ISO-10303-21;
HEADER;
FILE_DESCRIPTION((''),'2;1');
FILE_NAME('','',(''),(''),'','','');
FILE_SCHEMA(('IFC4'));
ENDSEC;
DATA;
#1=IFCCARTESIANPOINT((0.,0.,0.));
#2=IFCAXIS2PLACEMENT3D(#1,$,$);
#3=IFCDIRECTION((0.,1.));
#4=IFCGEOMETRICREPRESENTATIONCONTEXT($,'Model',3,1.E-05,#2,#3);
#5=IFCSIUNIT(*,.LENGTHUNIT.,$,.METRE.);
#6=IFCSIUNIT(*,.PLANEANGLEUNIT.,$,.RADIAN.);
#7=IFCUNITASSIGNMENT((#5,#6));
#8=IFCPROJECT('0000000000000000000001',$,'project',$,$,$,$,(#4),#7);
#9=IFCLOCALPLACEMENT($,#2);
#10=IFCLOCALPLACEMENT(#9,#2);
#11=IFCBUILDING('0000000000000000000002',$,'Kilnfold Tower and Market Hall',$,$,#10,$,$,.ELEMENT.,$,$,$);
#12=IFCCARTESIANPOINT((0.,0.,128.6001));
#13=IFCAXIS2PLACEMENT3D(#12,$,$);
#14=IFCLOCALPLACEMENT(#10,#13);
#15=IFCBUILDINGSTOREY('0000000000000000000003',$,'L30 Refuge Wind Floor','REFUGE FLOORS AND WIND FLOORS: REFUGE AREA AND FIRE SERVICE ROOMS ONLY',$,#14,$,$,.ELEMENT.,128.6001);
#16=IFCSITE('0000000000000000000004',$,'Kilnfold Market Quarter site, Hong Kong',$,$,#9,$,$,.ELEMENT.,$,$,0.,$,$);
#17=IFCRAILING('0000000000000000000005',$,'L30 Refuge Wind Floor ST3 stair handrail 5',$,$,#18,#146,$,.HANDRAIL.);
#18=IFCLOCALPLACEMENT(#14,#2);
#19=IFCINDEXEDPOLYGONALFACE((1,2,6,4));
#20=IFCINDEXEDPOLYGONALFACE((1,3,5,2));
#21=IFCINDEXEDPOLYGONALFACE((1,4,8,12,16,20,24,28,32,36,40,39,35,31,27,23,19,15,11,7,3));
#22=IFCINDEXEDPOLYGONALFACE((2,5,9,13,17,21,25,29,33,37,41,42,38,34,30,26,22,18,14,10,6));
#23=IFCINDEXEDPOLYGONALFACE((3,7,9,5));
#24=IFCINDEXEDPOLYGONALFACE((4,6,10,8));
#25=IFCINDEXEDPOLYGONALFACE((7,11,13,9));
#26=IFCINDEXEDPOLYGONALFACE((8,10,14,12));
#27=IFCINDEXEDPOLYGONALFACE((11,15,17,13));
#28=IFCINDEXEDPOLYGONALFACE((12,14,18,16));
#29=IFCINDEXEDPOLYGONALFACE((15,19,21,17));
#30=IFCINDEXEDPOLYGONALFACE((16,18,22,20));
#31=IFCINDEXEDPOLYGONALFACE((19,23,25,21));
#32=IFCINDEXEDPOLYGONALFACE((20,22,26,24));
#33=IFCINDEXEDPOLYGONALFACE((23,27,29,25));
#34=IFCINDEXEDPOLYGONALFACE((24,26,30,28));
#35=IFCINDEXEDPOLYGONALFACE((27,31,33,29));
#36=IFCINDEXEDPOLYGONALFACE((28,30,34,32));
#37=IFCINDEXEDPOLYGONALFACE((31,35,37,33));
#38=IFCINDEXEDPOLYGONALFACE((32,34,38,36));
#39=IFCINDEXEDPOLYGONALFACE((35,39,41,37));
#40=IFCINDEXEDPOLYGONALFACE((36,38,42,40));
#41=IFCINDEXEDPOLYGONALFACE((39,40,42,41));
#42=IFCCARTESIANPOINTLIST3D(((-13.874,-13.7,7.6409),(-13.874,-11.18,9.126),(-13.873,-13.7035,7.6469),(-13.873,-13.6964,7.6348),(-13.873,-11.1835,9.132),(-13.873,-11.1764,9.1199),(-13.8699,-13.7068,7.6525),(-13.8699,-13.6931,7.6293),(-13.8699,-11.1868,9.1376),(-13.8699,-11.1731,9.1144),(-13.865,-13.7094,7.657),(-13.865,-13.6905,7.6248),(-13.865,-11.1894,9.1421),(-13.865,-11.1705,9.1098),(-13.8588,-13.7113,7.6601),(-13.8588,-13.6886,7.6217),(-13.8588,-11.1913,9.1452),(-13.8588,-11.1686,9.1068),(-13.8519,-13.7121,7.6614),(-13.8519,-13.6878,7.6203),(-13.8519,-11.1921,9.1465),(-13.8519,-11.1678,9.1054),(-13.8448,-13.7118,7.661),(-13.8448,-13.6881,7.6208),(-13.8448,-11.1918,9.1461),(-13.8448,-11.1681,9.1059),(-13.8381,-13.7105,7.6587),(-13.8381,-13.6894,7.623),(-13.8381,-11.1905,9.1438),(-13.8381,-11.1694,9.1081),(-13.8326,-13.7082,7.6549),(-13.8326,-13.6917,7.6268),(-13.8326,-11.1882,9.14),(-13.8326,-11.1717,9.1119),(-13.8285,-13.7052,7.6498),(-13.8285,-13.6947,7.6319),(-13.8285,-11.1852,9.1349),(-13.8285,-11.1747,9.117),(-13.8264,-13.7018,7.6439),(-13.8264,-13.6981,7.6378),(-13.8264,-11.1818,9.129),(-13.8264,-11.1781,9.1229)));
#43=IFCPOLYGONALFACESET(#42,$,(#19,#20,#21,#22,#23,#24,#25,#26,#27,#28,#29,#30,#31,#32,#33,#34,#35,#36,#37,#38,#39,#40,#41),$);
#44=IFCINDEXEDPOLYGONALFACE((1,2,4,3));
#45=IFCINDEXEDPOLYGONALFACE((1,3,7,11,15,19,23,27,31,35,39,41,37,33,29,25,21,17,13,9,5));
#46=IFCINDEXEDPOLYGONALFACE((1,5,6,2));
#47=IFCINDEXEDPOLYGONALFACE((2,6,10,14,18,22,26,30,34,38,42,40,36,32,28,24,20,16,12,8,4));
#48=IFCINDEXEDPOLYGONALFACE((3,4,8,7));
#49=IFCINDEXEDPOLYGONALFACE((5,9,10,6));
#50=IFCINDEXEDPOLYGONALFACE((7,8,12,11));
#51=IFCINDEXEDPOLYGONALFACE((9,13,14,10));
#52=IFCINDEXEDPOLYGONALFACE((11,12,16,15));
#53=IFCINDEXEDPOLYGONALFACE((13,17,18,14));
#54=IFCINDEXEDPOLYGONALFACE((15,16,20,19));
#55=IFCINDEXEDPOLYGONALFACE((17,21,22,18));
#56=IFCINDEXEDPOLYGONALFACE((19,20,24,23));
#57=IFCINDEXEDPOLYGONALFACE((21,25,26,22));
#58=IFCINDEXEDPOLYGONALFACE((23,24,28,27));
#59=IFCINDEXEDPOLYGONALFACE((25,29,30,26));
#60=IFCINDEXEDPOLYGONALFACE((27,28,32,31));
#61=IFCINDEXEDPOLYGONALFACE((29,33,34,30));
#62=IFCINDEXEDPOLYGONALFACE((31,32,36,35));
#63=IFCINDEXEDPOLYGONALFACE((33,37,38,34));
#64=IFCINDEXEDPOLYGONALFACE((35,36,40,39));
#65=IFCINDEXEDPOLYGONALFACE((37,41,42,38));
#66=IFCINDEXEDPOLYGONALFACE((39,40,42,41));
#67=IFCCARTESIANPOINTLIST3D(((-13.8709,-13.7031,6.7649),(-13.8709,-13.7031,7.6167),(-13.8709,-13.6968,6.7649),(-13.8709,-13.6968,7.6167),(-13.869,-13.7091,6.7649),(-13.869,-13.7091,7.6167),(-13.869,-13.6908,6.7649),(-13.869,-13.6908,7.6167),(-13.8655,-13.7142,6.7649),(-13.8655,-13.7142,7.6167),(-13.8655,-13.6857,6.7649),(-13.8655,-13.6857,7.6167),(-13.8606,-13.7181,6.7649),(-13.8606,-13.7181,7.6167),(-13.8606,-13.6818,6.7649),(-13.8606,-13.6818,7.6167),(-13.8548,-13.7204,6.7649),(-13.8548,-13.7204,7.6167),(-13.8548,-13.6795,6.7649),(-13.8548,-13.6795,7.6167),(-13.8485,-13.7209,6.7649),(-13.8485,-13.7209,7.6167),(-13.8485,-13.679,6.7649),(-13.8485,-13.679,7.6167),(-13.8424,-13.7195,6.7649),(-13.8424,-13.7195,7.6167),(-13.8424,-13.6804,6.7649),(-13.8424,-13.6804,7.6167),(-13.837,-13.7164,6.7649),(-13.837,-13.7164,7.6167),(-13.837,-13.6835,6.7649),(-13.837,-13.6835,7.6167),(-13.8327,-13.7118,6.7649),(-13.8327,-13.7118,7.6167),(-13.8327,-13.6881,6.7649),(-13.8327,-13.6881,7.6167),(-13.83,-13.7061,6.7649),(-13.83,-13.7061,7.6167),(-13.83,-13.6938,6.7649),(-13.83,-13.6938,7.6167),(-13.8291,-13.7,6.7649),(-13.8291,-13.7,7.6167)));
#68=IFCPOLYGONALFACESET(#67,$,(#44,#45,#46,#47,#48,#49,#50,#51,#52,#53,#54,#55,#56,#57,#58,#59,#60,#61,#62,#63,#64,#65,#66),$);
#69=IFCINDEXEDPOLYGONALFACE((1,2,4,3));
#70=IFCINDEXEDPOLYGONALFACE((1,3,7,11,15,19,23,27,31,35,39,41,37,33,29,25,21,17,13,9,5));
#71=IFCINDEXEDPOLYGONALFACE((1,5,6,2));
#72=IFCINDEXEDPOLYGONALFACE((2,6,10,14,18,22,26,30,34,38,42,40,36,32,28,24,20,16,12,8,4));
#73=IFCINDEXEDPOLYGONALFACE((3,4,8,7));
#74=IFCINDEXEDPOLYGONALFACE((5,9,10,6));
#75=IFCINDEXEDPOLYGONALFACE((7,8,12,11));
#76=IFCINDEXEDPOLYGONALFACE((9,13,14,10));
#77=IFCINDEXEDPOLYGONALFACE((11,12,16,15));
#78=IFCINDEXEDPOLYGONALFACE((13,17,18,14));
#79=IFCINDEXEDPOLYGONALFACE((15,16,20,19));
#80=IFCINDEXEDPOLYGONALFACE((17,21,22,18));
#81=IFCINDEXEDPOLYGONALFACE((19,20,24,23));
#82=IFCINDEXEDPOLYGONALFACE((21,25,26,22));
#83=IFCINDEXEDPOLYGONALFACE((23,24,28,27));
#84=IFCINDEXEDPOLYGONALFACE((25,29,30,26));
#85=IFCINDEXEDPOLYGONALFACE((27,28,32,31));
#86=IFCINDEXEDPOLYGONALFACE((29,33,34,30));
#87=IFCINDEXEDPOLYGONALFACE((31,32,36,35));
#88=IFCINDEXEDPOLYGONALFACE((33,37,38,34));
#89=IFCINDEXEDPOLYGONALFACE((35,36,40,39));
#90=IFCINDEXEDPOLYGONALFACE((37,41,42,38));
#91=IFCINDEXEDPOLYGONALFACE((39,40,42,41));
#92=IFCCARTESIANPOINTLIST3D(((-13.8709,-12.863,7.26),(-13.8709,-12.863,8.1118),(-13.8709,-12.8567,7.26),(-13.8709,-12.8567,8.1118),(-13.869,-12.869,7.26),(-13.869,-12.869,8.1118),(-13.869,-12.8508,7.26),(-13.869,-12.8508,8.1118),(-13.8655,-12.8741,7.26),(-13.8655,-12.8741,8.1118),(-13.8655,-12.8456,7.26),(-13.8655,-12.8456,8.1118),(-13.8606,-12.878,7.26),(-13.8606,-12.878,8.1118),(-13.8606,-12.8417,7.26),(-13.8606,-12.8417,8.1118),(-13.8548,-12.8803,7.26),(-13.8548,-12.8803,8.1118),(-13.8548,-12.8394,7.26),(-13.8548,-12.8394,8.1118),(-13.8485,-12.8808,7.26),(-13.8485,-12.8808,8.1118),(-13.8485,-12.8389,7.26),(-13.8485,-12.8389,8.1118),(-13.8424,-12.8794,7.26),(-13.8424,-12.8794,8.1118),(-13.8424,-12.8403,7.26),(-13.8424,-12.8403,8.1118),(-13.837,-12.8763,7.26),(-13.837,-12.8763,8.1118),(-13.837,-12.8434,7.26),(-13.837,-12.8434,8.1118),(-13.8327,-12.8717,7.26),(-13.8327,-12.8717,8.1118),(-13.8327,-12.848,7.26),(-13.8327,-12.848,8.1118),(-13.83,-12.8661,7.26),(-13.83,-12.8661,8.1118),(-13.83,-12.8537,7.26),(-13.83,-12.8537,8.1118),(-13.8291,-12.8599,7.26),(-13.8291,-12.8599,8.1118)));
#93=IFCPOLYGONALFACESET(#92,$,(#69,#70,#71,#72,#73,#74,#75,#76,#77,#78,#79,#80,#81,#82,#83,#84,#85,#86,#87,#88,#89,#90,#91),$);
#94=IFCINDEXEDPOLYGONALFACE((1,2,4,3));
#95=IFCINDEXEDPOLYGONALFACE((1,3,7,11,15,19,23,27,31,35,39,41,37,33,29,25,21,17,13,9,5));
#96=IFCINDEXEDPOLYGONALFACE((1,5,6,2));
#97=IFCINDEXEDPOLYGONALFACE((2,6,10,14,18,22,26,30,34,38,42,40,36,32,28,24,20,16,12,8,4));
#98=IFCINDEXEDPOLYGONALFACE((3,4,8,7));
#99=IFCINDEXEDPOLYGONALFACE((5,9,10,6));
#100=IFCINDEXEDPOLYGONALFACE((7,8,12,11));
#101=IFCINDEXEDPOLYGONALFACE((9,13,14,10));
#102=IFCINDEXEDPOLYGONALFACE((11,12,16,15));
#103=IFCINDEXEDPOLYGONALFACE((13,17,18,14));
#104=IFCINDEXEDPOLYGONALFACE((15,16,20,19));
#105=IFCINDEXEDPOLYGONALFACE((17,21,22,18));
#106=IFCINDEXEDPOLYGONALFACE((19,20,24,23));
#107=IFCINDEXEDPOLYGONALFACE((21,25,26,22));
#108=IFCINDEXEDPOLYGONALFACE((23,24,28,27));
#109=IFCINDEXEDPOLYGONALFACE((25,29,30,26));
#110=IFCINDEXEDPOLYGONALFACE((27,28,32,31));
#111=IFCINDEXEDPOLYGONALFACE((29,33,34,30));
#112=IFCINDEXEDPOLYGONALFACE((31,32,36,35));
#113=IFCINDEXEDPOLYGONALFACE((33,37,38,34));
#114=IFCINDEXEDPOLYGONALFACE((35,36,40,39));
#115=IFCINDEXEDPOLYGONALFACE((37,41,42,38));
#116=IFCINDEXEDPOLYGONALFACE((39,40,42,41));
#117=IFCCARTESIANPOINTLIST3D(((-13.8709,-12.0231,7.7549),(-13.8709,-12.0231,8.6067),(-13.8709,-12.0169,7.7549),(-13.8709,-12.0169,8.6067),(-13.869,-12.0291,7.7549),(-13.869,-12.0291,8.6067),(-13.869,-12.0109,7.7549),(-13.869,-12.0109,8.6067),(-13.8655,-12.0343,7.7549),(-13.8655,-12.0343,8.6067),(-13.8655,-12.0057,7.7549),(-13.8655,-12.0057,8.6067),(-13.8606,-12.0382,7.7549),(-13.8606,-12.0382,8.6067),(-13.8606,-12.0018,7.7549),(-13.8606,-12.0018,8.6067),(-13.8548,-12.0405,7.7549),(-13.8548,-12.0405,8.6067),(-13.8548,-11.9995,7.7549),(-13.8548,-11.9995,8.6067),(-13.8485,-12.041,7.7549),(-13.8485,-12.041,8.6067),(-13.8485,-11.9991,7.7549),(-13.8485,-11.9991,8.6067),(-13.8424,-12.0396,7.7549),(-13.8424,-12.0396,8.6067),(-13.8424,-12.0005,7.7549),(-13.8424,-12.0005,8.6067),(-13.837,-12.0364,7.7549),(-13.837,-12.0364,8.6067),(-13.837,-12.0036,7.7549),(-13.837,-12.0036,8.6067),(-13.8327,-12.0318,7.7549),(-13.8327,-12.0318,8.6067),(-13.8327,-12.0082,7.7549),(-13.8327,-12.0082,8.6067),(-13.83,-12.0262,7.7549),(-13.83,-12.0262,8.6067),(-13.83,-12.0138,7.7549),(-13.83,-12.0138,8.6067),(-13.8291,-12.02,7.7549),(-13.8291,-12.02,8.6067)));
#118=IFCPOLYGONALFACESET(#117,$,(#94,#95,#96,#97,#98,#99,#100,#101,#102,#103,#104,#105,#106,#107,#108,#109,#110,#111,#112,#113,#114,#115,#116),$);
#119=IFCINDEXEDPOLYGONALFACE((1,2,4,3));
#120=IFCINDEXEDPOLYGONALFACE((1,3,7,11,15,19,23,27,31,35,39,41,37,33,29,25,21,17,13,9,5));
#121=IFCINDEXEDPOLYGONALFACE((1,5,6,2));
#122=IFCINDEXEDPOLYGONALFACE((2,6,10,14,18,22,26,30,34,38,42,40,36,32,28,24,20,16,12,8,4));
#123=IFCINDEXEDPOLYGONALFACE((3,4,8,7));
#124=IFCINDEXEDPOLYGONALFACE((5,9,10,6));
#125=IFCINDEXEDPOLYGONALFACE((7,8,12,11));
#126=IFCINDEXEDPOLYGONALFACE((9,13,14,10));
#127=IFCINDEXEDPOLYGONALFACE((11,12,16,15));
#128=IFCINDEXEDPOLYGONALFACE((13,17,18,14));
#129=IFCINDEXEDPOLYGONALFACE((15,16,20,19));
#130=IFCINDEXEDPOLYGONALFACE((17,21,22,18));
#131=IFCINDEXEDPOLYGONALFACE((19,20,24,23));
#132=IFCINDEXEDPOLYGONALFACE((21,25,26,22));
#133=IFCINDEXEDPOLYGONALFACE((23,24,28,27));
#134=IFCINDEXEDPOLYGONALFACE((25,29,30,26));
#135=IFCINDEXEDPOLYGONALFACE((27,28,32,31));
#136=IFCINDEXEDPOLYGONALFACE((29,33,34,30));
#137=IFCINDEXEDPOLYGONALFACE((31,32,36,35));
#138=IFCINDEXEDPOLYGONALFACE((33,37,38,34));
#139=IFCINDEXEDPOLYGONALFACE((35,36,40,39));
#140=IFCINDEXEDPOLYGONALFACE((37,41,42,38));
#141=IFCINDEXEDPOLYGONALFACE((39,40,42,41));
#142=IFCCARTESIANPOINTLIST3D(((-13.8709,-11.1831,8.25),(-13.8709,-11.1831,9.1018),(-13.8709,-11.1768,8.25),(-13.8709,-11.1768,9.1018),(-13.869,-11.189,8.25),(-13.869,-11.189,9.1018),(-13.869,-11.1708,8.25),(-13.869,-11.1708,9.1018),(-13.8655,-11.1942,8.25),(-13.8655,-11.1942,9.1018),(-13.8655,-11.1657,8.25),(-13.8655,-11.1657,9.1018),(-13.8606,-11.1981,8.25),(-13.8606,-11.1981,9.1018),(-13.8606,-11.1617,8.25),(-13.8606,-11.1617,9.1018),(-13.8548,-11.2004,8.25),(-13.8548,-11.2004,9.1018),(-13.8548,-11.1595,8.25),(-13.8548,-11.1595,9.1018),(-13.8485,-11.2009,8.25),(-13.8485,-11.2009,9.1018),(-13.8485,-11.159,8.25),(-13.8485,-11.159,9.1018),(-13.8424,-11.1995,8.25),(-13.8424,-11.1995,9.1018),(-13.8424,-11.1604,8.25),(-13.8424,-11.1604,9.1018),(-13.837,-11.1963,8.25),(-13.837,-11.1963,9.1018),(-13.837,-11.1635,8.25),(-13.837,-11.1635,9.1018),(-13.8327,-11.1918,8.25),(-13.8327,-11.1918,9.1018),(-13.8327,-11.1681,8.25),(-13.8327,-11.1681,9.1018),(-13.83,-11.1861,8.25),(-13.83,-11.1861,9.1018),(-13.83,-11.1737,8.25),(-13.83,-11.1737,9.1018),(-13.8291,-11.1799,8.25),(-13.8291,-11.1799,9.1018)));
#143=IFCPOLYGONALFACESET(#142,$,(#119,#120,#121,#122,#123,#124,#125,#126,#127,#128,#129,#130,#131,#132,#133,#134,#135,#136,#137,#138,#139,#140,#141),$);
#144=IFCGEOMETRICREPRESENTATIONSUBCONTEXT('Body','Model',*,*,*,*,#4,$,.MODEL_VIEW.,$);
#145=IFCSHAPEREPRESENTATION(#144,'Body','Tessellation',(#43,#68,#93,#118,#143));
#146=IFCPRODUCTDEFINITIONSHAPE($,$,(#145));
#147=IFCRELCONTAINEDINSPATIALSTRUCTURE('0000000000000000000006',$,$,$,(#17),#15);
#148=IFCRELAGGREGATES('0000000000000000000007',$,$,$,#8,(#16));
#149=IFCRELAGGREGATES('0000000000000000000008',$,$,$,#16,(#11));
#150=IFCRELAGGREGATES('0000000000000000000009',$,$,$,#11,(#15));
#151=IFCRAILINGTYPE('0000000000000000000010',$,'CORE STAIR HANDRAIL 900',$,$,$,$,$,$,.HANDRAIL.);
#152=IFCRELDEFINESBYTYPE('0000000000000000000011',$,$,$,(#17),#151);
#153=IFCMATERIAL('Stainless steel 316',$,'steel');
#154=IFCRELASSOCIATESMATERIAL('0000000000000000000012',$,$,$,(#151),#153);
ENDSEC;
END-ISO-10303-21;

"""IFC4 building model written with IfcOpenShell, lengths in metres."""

from ifc_helpers import new_model, si_unit, direction, frame, origin, origin_2d, place, context, subcontext, project, spatial, circle, extrude, material, type_object, element, save


model = new_model("IFC4")

# Units and contexts
model_context = context("Model", 3, precision=1e-05, world=origin(), true_north=direction((0.0, 1.0)))
body_context = subcontext(model_context, "Body", "Model", "MODEL_VIEW")
ifc_project = project(units=[si_unit("LENGTHUNIT", "METRE"), si_unit("PLANEANGLEUNIT", "RADIAN")], contexts=[model_context])

# Site, building, storey
site_placement = place(None, origin())
site = spatial("IfcSite", under=ifc_project, at=site_placement, Name="Kilnfold Market Quarter site, Hong Kong", CompositionType="ELEMENT", RefElevation=0.0)
building_placement = place(site_placement, origin())
building = spatial("IfcBuilding", under=site, at=building_placement, Name="Kilnfold Tower and Market Hall", CompositionType="ELEMENT")
storey_placement = place(building_placement, frame((0.0, 0.0, 128.6001)))
storey = spatial("IfcBuildingStorey", under=building, at=storey_placement, Name="L30 Refuge Wind Floor", Description="REFUGE FLOORS AND WIND FLOORS: REFUGE AREA AND FIRE SERVICE ROOMS ONLY", CompositionType="ELEMENT", Elevation=128.6001)

# Railing
ifc_material_1 = material(Name="Stainless steel 316", Category="steel")
railing_type = type_object("IfcRailingType", Name="CORE STAIR HANDRAIL 900", PredefinedType="HANDRAIL", material=ifc_material_1)
for number, where, name in (
    (1, (-13.8501, -13.7, 6.7649), "L30 Refuge Wind Floor ST3 stair handrail 5"),
):
    element("IfcRailing", number, at=place(storey_placement, frame(where)), inside=storey, type_object=railing_type, Name=name, PredefinedType="HANDRAIL", context=body_context, shape_type="SweptSolid", body=[
        extrude(circle(Radius=0.0239, at=origin_2d()), frame((0.0, 0.0, 0.876), z_axis=(0.0, 0.861524, 0.507717), x_axis=(-1.0, 0.0, 0.0)), (0.0, 0.0, 1.0), 2.925),
        extrude(circle(Radius=0.021, at=origin_2d()), origin(), (0.0, 0.0, 1.0), 0.8518),
        extrude(circle(Radius=0.021, at=origin_2d()), frame((0.0, 0.8401, 0.4951)), (0.0, 0.0, 1.0), 0.8518),
        extrude(circle(Radius=0.021, at=origin_2d()), frame((0.0, 1.6799, 0.99)), (0.0, 0.0, 1.0), 0.8518),
        extrude(circle(Radius=0.021, at=origin_2d()), frame((0.0, 2.52, 1.4851)), (0.0, 0.0, 1.0), 0.8518),
    ])

save(model, "model.ifc")
